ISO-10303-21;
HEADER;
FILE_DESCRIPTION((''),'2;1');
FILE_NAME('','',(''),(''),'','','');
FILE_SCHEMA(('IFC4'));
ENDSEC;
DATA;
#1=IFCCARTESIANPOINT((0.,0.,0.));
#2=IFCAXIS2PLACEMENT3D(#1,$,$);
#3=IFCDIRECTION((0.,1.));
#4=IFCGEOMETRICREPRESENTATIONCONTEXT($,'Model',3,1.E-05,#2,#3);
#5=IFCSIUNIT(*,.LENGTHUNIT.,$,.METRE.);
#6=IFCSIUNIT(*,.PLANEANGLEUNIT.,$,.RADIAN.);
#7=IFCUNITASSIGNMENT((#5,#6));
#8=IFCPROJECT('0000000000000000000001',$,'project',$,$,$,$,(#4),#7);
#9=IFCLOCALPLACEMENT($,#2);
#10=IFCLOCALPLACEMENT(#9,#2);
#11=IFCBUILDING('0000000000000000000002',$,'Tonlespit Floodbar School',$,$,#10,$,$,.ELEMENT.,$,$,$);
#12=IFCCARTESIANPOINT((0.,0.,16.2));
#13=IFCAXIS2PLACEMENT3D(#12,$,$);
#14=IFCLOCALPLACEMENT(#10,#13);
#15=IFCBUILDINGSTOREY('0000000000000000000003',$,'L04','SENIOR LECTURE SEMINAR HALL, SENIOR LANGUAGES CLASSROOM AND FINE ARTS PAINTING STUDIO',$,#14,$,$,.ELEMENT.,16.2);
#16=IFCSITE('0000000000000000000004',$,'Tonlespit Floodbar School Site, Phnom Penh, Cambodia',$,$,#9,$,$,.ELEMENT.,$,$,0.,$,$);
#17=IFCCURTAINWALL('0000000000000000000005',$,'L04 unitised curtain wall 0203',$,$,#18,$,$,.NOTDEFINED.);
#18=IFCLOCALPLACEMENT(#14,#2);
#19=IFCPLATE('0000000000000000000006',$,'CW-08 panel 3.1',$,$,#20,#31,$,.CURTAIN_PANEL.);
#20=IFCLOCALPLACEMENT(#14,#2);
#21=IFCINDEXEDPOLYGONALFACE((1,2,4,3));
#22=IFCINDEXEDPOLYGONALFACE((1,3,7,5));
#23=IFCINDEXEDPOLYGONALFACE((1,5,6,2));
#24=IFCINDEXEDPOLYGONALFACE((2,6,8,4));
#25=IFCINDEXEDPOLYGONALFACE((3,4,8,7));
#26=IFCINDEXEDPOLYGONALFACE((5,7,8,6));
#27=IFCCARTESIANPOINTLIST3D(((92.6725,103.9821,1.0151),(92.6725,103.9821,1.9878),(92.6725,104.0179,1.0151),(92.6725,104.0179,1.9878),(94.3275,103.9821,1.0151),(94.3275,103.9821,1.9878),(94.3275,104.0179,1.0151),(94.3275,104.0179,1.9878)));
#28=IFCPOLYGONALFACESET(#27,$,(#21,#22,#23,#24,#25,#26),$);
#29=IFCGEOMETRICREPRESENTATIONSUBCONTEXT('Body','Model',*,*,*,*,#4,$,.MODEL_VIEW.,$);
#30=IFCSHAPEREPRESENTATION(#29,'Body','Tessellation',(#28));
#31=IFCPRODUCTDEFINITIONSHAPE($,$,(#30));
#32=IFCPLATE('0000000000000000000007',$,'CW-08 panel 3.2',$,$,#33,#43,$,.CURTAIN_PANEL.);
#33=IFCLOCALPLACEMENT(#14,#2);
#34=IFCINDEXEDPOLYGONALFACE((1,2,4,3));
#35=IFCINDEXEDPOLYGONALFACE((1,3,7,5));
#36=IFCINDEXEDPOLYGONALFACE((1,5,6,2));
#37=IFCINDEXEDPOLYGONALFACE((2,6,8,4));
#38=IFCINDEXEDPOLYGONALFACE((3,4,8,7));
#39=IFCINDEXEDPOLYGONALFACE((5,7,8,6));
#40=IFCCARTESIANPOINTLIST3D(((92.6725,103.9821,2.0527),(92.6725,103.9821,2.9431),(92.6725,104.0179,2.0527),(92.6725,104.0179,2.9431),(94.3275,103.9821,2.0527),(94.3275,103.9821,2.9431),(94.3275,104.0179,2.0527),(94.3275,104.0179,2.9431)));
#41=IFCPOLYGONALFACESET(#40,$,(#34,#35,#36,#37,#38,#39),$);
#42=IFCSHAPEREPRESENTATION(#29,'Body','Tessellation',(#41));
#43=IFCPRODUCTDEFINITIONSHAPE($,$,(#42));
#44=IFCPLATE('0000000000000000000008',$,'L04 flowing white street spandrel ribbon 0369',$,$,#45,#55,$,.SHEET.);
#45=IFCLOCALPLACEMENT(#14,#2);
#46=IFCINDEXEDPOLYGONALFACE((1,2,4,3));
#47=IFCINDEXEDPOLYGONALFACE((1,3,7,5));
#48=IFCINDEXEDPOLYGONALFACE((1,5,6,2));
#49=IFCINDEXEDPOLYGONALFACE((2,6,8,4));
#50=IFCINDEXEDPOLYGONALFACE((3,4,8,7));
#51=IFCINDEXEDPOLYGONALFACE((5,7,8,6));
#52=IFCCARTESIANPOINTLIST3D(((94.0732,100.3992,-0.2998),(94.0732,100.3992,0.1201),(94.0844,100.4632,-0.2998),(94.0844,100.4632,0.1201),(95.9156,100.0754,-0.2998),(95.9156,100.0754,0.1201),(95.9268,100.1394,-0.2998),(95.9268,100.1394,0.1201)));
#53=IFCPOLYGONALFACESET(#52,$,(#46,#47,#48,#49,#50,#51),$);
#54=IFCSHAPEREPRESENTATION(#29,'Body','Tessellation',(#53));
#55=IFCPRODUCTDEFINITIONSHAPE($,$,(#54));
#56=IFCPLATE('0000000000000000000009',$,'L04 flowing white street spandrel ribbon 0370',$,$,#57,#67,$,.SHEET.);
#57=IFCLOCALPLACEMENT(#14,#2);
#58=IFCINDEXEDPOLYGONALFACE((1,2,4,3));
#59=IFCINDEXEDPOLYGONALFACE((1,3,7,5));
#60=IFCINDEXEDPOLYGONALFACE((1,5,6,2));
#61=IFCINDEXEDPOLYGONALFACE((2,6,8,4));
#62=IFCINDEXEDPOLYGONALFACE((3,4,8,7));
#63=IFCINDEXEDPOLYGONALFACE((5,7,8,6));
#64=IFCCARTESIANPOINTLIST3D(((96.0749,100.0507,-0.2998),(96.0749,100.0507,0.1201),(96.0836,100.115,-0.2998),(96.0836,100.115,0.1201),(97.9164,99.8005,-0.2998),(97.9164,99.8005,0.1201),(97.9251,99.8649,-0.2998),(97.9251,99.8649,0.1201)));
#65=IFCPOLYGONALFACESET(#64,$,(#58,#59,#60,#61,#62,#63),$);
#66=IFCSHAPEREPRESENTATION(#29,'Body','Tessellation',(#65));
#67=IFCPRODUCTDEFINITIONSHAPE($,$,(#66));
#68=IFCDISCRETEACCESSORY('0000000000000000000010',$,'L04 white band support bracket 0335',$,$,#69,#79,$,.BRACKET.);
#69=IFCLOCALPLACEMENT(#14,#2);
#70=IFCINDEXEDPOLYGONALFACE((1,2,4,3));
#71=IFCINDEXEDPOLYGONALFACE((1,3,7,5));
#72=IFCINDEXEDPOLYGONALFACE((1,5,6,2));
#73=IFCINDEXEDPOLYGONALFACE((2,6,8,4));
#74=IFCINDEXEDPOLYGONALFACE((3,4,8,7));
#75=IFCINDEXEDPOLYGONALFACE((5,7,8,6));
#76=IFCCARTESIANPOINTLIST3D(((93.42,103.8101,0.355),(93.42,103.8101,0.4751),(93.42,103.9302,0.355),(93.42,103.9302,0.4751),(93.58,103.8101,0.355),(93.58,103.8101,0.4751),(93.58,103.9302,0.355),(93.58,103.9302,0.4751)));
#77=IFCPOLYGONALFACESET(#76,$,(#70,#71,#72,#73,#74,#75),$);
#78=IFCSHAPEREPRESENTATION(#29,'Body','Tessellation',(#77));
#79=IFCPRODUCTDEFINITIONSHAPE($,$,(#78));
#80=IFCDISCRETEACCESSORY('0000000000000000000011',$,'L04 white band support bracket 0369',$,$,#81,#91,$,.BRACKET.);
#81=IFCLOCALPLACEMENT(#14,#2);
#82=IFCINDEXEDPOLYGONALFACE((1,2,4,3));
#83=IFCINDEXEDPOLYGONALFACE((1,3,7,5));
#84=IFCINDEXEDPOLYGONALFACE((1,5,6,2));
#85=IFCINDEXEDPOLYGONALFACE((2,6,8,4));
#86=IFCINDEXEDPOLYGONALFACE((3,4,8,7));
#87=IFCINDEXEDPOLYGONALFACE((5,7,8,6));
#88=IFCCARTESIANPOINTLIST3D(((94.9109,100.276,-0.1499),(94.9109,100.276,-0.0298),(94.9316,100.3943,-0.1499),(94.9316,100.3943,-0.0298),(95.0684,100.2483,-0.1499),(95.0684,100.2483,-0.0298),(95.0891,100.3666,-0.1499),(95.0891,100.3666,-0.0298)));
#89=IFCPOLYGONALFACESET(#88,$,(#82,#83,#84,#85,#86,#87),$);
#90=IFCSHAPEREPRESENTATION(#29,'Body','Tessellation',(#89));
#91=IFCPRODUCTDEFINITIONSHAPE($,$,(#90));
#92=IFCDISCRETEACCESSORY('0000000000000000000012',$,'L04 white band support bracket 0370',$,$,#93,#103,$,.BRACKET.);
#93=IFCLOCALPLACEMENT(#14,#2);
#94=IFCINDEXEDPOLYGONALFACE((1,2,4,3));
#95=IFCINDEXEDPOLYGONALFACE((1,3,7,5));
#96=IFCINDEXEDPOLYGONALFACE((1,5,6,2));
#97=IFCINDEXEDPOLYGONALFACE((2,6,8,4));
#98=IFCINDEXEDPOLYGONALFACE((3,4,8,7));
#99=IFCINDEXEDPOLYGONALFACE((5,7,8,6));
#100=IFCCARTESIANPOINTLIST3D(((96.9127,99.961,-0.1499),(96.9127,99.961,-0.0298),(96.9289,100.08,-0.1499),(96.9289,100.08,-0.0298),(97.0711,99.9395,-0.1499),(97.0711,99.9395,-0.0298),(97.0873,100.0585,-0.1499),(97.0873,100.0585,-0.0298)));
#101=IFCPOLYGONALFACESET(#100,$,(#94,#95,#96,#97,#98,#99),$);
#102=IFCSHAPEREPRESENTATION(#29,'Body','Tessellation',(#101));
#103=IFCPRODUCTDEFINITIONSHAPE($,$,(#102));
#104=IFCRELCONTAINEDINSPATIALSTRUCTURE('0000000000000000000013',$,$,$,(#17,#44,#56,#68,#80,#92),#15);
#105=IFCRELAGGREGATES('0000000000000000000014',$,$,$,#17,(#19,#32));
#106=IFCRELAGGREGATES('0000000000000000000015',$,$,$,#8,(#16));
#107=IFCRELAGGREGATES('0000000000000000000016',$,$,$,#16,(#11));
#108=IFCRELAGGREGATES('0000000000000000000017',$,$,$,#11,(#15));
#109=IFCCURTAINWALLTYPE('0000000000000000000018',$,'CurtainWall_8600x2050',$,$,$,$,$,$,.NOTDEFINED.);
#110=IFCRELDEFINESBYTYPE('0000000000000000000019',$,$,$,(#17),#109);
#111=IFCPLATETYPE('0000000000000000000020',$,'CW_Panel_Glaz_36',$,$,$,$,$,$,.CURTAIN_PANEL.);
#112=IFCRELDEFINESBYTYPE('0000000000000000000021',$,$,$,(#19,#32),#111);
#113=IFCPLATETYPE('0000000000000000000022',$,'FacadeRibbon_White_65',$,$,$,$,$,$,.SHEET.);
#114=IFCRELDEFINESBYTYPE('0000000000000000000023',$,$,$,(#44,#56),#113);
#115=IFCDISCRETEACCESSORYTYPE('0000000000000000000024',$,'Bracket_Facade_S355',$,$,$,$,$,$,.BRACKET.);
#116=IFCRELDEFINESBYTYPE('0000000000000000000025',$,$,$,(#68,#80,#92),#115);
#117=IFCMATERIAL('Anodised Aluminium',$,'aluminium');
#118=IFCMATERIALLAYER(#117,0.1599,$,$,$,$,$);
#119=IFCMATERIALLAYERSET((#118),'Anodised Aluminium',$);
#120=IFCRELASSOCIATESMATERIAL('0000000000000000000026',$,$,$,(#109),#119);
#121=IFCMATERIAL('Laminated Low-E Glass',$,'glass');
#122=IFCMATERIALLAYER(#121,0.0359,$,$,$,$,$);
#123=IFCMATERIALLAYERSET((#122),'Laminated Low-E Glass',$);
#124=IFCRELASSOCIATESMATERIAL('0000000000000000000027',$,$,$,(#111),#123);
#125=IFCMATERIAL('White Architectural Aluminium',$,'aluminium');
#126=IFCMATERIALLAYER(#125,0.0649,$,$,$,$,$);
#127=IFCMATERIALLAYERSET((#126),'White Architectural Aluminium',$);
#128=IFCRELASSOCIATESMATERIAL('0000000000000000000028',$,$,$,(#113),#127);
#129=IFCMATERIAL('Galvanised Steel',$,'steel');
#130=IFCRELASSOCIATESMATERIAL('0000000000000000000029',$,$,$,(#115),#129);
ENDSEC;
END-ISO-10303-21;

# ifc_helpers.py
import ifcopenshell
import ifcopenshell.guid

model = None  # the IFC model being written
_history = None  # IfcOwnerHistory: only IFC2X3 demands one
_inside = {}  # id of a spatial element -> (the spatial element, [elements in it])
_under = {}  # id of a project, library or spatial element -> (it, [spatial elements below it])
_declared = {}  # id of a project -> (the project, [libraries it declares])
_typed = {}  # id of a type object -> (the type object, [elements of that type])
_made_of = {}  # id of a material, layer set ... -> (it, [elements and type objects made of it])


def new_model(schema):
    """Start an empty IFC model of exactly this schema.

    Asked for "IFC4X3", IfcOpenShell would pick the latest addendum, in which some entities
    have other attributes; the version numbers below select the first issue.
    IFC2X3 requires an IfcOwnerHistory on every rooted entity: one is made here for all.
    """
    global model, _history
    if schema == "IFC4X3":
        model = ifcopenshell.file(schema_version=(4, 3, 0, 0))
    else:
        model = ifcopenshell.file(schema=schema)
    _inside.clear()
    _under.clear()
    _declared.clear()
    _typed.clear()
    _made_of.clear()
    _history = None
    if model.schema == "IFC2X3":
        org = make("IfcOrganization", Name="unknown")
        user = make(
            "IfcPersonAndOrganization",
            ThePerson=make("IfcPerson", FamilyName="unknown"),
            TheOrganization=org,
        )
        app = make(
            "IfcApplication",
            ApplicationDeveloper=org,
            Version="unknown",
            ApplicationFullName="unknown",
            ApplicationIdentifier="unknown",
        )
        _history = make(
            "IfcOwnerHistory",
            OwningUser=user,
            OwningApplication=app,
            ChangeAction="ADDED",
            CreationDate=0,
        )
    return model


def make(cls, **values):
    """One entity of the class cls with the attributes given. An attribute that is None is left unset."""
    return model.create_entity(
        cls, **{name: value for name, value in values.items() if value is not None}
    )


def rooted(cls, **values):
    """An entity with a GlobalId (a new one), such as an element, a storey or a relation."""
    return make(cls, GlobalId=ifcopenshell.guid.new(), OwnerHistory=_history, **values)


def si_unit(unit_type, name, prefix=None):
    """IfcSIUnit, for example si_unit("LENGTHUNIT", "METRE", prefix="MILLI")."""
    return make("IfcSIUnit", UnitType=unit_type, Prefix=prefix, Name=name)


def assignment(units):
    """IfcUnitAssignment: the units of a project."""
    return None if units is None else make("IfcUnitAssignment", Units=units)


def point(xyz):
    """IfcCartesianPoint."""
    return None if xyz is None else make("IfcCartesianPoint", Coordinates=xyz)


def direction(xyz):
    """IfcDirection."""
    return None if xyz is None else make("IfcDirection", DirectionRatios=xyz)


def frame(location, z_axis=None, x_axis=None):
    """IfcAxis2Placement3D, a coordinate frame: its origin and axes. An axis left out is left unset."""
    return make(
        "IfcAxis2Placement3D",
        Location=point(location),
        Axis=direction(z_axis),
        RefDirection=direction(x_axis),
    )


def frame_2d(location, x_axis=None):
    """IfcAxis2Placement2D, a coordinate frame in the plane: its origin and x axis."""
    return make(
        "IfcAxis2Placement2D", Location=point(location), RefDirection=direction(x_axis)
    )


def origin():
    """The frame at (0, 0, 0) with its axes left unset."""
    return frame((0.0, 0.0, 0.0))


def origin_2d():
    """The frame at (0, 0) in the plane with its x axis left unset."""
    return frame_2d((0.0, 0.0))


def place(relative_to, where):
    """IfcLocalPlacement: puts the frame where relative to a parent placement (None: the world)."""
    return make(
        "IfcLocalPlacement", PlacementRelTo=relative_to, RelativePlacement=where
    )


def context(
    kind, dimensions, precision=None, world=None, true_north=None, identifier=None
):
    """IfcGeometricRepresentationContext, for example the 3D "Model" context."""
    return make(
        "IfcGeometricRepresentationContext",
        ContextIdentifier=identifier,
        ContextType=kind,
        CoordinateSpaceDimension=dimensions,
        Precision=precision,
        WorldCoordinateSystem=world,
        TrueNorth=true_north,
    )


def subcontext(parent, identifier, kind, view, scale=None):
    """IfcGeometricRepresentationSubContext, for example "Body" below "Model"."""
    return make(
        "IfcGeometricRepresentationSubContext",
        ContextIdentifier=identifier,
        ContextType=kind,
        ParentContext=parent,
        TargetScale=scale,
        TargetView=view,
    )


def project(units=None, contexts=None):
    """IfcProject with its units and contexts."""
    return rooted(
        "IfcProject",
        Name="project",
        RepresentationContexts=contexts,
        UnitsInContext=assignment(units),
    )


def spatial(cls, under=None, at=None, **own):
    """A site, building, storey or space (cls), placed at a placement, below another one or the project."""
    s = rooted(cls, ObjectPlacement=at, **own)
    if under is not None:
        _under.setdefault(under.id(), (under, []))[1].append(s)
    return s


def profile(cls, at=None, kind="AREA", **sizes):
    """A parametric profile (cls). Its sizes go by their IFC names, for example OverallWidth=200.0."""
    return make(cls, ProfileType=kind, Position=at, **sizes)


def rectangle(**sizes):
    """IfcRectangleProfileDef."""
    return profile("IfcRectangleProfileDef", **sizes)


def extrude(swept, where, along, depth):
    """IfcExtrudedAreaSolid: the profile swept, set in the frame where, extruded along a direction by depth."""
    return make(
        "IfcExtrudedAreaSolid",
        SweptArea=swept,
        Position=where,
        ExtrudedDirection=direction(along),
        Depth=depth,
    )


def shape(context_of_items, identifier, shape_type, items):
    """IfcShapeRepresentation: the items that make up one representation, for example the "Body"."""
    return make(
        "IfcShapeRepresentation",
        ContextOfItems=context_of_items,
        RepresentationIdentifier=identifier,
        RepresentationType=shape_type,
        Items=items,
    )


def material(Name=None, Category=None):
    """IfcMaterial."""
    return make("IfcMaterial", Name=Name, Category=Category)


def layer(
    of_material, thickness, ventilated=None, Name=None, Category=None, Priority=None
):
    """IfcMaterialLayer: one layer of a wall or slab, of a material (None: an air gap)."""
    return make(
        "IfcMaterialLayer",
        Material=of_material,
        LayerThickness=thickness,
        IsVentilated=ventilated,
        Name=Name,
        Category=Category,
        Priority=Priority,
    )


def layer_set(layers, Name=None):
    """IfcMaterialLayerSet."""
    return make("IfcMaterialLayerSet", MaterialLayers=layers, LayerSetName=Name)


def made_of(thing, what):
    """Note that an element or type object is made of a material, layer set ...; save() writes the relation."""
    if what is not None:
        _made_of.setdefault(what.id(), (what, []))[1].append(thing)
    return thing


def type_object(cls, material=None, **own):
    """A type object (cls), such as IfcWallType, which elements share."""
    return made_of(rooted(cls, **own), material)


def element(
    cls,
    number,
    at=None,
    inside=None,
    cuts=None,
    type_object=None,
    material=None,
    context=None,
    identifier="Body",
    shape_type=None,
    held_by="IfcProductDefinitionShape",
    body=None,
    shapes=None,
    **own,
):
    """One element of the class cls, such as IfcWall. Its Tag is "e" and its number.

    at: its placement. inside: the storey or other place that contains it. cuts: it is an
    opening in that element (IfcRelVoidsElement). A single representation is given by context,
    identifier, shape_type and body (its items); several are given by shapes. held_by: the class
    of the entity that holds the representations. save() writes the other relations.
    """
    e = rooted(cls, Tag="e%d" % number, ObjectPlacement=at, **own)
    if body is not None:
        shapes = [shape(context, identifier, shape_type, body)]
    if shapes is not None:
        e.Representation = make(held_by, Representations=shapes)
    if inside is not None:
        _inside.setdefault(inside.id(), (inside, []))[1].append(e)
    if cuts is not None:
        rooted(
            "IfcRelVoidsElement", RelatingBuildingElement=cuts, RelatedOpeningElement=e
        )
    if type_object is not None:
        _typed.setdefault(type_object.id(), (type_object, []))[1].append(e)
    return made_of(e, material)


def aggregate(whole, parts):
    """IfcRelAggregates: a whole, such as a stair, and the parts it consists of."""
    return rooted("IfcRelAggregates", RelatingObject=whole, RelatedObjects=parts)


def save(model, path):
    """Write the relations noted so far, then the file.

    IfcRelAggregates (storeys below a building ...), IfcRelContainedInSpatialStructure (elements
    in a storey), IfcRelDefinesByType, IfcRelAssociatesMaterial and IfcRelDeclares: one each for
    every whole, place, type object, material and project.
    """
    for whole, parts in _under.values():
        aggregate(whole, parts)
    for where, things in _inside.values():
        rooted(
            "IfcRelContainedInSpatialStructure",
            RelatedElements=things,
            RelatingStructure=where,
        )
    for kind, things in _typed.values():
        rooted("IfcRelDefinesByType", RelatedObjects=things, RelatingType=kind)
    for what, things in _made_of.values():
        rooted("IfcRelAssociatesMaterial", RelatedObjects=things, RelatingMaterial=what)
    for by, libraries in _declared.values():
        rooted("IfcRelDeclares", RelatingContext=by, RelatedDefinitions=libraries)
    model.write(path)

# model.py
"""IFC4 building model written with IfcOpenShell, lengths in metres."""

from ifc_helpers import new_model, si_unit, direction, frame, origin, origin_2d, place, context, subcontext, project, spatial, rectangle, extrude, material, layer, layer_set, type_object, element, aggregate, save


model = new_model("IFC4")

# Units and contexts
model_context = context("Model", 3, precision=1e-05, world=origin(), true_north=direction((0.0, 1.0)))
body_context = subcontext(model_context, "Body", "Model", "MODEL_VIEW")
ifc_project = project(units=[si_unit("LENGTHUNIT", "METRE"), si_unit("PLANEANGLEUNIT", "RADIAN")], contexts=[model_context])

# Site, building, storey
site_placement = place(None, origin())
site = spatial("IfcSite", under=ifc_project, at=site_placement, Name="Tonlespit Floodbar School Site, Phnom Penh, Cambodia", CompositionType="ELEMENT", RefElevation=0.0)
building_placement = place(site_placement, origin())
building = spatial("IfcBuilding", under=site, at=building_placement, Name="Tonlespit Floodbar School", CompositionType="ELEMENT")
storey_placement = place(building_placement, frame((0.0, 0.0, 16.2)))
storey = spatial("IfcBuildingStorey", under=building, at=storey_placement, Name="L04", Description="SENIOR LECTURE SEMINAR HALL, SENIOR LANGUAGES CLASSROOM AND FINE ARTS PAINTING STUDIO", CompositionType="ELEMENT", Elevation=16.2)

# Curtain wall, plates
ifc_material_1 = material(Name="Anodised Aluminium", Category="aluminium")
ifc_layer_1 = layer(ifc_material_1, 0.1599)
ifc_layer_set_1 = layer_set([ifc_layer_1], Name="Anodised Aluminium")
curtain_wall_type = type_object("IfcCurtainWallType", Name="CurtainWall_8600x2050", PredefinedType="NOTDEFINED", material=ifc_layer_set_1)
curtain_wall_placement = place(storey_placement, origin())
curtain_wall = element("IfcCurtainWall", 1, at=curtain_wall_placement, inside=storey, type_object=curtain_wall_type, Name="L04 unitised curtain wall 0203", PredefinedType="NOTDEFINED")
ifc_material_2 = material(Name="Laminated Low-E Glass", Category="glass")
ifc_layer_2 = layer(ifc_material_2, 0.0359)
ifc_layer_set_2 = layer_set([ifc_layer_2], Name="Laminated Low-E Glass")
plate_type_1 = type_object("IfcPlateType", Name="CW_Panel_Glaz_36", PredefinedType="CURTAIN_PANEL", material=ifc_layer_set_2)
plate_1_placement = place(storey_placement, frame((93.5, 104.0, 1.0151), z_axis=(0.0, 0.0, 1.0), x_axis=(-1.0, 0.0, 0.0)))
plate_1 = element("IfcPlate", 2, at=plate_1_placement, type_object=plate_type_1, Name="CW-08 panel 3.1", PredefinedType="CURTAIN_PANEL", context=body_context, shape_type="SweptSolid", body=[
    extrude(rectangle(XDim=1.655, YDim=0.0359, at=origin_2d()), origin(), (0.0, 0.0, 1.0), 0.9727),
])
plate_2_placement = place(storey_placement, frame((93.5, 104.0, 2.0527), z_axis=(0.0, 0.0, 1.0), x_axis=(-1.0, 0.0, 0.0)))
plate_2 = element("IfcPlate", 3, at=plate_2_placement, type_object=plate_type_1, Name="CW-08 panel 3.2", PredefinedType="CURTAIN_PANEL", context=body_context, shape_type="SweptSolid", body=[
    extrude(rectangle(XDim=1.655, YDim=0.0359, at=origin_2d()), origin(), (0.0, 0.0, 1.0), 0.8904),
])
aggregate(curtain_wall, [plate_1, plate_2])

# Plates
ifc_material_3 = material(Name="White Architectural Aluminium", Category="aluminium")
ifc_layer_3 = layer(ifc_material_3, 0.0649)
ifc_layer_set_3 = layer_set([ifc_layer_3], Name="White Architectural Aluminium")
plate_type_2 = type_object("IfcPlateType", Name="FacadeRibbon_White_65", PredefinedType="SHEET", material=ifc_layer_set_3)
plate_3_placement = place(storey_placement, frame((95.0, 100.2693, -0.2998), z_axis=(0.0, 0.0, 1.0), x_axis=(0.984905, -0.173096, 0.0)))
element("IfcPlate", 4, at=plate_3_placement, inside=storey, type_object=plate_type_2, Name="L04 flowing white street spandrel ribbon 0369", PredefinedType="SHEET", context=body_context, shape_type="SweptSolid", body=[
    extrude(rectangle(XDim=1.8706, YDim=0.0649, at=origin_2d()), origin(), (0.0, 0.0, 1.0), 0.4199),
])
plate_4_placement = place(storey_placement, frame((97.0, 99.9578, -0.2998), z_axis=(0.0, 0.0, 1.0), x_axis=(0.990898, -0.134614, 0.0)))
element("IfcPlate", 5, at=plate_4_placement, inside=storey, type_object=plate_type_2, Name="L04 flowing white street spandrel ribbon 0370", PredefinedType="SHEET", context=body_context, shape_type="SweptSolid", body=[
    extrude(rectangle(XDim=1.8584, YDim=0.0649, at=origin_2d()), origin(), (0.0, 0.0, 1.0), 0.4199),
])

# Discrete accessories
ifc_material_4 = material(Name="Galvanised Steel", Category="steel")
discrete_accessory_type = type_object("IfcDiscreteAccessoryType", Name="Bracket_Facade_S355", PredefinedType="BRACKET", material=ifc_material_4)
for number, where, z_axis, x_axis, name in (
    (6, (93.5, 103.8701, 0.355), (0.0, 0.0, 1.0), (-1.0, 0.0, 0.0), "L04 white band support bracket 0335"),
    (7, (95.0, 100.3213, -0.1499), (0.0, 0.0, 1.0), (0.984905, -0.173096, 0.0), "L04 white band support bracket 0369"),
    (8, (97.0, 100.0098, -0.1499), (0.0, 0.0, 1.0), (0.990898, -0.134614, 0.0), "L04 white band support bracket 0370"),
):
    element("IfcDiscreteAccessory", number, at=place(storey_placement, frame(where, z_axis=z_axis, x_axis=x_axis)), inside=storey, type_object=discrete_accessory_type, Name=name, PredefinedType="BRACKET", context=body_context, shape_type="SweptSolid", body=[
        extrude(rectangle(XDim=0.1599, YDim=0.1201, at=origin_2d()), origin(), (0.0, 0.0, 1.0), 0.1201),
    ])

save(model, "model.ifc")
